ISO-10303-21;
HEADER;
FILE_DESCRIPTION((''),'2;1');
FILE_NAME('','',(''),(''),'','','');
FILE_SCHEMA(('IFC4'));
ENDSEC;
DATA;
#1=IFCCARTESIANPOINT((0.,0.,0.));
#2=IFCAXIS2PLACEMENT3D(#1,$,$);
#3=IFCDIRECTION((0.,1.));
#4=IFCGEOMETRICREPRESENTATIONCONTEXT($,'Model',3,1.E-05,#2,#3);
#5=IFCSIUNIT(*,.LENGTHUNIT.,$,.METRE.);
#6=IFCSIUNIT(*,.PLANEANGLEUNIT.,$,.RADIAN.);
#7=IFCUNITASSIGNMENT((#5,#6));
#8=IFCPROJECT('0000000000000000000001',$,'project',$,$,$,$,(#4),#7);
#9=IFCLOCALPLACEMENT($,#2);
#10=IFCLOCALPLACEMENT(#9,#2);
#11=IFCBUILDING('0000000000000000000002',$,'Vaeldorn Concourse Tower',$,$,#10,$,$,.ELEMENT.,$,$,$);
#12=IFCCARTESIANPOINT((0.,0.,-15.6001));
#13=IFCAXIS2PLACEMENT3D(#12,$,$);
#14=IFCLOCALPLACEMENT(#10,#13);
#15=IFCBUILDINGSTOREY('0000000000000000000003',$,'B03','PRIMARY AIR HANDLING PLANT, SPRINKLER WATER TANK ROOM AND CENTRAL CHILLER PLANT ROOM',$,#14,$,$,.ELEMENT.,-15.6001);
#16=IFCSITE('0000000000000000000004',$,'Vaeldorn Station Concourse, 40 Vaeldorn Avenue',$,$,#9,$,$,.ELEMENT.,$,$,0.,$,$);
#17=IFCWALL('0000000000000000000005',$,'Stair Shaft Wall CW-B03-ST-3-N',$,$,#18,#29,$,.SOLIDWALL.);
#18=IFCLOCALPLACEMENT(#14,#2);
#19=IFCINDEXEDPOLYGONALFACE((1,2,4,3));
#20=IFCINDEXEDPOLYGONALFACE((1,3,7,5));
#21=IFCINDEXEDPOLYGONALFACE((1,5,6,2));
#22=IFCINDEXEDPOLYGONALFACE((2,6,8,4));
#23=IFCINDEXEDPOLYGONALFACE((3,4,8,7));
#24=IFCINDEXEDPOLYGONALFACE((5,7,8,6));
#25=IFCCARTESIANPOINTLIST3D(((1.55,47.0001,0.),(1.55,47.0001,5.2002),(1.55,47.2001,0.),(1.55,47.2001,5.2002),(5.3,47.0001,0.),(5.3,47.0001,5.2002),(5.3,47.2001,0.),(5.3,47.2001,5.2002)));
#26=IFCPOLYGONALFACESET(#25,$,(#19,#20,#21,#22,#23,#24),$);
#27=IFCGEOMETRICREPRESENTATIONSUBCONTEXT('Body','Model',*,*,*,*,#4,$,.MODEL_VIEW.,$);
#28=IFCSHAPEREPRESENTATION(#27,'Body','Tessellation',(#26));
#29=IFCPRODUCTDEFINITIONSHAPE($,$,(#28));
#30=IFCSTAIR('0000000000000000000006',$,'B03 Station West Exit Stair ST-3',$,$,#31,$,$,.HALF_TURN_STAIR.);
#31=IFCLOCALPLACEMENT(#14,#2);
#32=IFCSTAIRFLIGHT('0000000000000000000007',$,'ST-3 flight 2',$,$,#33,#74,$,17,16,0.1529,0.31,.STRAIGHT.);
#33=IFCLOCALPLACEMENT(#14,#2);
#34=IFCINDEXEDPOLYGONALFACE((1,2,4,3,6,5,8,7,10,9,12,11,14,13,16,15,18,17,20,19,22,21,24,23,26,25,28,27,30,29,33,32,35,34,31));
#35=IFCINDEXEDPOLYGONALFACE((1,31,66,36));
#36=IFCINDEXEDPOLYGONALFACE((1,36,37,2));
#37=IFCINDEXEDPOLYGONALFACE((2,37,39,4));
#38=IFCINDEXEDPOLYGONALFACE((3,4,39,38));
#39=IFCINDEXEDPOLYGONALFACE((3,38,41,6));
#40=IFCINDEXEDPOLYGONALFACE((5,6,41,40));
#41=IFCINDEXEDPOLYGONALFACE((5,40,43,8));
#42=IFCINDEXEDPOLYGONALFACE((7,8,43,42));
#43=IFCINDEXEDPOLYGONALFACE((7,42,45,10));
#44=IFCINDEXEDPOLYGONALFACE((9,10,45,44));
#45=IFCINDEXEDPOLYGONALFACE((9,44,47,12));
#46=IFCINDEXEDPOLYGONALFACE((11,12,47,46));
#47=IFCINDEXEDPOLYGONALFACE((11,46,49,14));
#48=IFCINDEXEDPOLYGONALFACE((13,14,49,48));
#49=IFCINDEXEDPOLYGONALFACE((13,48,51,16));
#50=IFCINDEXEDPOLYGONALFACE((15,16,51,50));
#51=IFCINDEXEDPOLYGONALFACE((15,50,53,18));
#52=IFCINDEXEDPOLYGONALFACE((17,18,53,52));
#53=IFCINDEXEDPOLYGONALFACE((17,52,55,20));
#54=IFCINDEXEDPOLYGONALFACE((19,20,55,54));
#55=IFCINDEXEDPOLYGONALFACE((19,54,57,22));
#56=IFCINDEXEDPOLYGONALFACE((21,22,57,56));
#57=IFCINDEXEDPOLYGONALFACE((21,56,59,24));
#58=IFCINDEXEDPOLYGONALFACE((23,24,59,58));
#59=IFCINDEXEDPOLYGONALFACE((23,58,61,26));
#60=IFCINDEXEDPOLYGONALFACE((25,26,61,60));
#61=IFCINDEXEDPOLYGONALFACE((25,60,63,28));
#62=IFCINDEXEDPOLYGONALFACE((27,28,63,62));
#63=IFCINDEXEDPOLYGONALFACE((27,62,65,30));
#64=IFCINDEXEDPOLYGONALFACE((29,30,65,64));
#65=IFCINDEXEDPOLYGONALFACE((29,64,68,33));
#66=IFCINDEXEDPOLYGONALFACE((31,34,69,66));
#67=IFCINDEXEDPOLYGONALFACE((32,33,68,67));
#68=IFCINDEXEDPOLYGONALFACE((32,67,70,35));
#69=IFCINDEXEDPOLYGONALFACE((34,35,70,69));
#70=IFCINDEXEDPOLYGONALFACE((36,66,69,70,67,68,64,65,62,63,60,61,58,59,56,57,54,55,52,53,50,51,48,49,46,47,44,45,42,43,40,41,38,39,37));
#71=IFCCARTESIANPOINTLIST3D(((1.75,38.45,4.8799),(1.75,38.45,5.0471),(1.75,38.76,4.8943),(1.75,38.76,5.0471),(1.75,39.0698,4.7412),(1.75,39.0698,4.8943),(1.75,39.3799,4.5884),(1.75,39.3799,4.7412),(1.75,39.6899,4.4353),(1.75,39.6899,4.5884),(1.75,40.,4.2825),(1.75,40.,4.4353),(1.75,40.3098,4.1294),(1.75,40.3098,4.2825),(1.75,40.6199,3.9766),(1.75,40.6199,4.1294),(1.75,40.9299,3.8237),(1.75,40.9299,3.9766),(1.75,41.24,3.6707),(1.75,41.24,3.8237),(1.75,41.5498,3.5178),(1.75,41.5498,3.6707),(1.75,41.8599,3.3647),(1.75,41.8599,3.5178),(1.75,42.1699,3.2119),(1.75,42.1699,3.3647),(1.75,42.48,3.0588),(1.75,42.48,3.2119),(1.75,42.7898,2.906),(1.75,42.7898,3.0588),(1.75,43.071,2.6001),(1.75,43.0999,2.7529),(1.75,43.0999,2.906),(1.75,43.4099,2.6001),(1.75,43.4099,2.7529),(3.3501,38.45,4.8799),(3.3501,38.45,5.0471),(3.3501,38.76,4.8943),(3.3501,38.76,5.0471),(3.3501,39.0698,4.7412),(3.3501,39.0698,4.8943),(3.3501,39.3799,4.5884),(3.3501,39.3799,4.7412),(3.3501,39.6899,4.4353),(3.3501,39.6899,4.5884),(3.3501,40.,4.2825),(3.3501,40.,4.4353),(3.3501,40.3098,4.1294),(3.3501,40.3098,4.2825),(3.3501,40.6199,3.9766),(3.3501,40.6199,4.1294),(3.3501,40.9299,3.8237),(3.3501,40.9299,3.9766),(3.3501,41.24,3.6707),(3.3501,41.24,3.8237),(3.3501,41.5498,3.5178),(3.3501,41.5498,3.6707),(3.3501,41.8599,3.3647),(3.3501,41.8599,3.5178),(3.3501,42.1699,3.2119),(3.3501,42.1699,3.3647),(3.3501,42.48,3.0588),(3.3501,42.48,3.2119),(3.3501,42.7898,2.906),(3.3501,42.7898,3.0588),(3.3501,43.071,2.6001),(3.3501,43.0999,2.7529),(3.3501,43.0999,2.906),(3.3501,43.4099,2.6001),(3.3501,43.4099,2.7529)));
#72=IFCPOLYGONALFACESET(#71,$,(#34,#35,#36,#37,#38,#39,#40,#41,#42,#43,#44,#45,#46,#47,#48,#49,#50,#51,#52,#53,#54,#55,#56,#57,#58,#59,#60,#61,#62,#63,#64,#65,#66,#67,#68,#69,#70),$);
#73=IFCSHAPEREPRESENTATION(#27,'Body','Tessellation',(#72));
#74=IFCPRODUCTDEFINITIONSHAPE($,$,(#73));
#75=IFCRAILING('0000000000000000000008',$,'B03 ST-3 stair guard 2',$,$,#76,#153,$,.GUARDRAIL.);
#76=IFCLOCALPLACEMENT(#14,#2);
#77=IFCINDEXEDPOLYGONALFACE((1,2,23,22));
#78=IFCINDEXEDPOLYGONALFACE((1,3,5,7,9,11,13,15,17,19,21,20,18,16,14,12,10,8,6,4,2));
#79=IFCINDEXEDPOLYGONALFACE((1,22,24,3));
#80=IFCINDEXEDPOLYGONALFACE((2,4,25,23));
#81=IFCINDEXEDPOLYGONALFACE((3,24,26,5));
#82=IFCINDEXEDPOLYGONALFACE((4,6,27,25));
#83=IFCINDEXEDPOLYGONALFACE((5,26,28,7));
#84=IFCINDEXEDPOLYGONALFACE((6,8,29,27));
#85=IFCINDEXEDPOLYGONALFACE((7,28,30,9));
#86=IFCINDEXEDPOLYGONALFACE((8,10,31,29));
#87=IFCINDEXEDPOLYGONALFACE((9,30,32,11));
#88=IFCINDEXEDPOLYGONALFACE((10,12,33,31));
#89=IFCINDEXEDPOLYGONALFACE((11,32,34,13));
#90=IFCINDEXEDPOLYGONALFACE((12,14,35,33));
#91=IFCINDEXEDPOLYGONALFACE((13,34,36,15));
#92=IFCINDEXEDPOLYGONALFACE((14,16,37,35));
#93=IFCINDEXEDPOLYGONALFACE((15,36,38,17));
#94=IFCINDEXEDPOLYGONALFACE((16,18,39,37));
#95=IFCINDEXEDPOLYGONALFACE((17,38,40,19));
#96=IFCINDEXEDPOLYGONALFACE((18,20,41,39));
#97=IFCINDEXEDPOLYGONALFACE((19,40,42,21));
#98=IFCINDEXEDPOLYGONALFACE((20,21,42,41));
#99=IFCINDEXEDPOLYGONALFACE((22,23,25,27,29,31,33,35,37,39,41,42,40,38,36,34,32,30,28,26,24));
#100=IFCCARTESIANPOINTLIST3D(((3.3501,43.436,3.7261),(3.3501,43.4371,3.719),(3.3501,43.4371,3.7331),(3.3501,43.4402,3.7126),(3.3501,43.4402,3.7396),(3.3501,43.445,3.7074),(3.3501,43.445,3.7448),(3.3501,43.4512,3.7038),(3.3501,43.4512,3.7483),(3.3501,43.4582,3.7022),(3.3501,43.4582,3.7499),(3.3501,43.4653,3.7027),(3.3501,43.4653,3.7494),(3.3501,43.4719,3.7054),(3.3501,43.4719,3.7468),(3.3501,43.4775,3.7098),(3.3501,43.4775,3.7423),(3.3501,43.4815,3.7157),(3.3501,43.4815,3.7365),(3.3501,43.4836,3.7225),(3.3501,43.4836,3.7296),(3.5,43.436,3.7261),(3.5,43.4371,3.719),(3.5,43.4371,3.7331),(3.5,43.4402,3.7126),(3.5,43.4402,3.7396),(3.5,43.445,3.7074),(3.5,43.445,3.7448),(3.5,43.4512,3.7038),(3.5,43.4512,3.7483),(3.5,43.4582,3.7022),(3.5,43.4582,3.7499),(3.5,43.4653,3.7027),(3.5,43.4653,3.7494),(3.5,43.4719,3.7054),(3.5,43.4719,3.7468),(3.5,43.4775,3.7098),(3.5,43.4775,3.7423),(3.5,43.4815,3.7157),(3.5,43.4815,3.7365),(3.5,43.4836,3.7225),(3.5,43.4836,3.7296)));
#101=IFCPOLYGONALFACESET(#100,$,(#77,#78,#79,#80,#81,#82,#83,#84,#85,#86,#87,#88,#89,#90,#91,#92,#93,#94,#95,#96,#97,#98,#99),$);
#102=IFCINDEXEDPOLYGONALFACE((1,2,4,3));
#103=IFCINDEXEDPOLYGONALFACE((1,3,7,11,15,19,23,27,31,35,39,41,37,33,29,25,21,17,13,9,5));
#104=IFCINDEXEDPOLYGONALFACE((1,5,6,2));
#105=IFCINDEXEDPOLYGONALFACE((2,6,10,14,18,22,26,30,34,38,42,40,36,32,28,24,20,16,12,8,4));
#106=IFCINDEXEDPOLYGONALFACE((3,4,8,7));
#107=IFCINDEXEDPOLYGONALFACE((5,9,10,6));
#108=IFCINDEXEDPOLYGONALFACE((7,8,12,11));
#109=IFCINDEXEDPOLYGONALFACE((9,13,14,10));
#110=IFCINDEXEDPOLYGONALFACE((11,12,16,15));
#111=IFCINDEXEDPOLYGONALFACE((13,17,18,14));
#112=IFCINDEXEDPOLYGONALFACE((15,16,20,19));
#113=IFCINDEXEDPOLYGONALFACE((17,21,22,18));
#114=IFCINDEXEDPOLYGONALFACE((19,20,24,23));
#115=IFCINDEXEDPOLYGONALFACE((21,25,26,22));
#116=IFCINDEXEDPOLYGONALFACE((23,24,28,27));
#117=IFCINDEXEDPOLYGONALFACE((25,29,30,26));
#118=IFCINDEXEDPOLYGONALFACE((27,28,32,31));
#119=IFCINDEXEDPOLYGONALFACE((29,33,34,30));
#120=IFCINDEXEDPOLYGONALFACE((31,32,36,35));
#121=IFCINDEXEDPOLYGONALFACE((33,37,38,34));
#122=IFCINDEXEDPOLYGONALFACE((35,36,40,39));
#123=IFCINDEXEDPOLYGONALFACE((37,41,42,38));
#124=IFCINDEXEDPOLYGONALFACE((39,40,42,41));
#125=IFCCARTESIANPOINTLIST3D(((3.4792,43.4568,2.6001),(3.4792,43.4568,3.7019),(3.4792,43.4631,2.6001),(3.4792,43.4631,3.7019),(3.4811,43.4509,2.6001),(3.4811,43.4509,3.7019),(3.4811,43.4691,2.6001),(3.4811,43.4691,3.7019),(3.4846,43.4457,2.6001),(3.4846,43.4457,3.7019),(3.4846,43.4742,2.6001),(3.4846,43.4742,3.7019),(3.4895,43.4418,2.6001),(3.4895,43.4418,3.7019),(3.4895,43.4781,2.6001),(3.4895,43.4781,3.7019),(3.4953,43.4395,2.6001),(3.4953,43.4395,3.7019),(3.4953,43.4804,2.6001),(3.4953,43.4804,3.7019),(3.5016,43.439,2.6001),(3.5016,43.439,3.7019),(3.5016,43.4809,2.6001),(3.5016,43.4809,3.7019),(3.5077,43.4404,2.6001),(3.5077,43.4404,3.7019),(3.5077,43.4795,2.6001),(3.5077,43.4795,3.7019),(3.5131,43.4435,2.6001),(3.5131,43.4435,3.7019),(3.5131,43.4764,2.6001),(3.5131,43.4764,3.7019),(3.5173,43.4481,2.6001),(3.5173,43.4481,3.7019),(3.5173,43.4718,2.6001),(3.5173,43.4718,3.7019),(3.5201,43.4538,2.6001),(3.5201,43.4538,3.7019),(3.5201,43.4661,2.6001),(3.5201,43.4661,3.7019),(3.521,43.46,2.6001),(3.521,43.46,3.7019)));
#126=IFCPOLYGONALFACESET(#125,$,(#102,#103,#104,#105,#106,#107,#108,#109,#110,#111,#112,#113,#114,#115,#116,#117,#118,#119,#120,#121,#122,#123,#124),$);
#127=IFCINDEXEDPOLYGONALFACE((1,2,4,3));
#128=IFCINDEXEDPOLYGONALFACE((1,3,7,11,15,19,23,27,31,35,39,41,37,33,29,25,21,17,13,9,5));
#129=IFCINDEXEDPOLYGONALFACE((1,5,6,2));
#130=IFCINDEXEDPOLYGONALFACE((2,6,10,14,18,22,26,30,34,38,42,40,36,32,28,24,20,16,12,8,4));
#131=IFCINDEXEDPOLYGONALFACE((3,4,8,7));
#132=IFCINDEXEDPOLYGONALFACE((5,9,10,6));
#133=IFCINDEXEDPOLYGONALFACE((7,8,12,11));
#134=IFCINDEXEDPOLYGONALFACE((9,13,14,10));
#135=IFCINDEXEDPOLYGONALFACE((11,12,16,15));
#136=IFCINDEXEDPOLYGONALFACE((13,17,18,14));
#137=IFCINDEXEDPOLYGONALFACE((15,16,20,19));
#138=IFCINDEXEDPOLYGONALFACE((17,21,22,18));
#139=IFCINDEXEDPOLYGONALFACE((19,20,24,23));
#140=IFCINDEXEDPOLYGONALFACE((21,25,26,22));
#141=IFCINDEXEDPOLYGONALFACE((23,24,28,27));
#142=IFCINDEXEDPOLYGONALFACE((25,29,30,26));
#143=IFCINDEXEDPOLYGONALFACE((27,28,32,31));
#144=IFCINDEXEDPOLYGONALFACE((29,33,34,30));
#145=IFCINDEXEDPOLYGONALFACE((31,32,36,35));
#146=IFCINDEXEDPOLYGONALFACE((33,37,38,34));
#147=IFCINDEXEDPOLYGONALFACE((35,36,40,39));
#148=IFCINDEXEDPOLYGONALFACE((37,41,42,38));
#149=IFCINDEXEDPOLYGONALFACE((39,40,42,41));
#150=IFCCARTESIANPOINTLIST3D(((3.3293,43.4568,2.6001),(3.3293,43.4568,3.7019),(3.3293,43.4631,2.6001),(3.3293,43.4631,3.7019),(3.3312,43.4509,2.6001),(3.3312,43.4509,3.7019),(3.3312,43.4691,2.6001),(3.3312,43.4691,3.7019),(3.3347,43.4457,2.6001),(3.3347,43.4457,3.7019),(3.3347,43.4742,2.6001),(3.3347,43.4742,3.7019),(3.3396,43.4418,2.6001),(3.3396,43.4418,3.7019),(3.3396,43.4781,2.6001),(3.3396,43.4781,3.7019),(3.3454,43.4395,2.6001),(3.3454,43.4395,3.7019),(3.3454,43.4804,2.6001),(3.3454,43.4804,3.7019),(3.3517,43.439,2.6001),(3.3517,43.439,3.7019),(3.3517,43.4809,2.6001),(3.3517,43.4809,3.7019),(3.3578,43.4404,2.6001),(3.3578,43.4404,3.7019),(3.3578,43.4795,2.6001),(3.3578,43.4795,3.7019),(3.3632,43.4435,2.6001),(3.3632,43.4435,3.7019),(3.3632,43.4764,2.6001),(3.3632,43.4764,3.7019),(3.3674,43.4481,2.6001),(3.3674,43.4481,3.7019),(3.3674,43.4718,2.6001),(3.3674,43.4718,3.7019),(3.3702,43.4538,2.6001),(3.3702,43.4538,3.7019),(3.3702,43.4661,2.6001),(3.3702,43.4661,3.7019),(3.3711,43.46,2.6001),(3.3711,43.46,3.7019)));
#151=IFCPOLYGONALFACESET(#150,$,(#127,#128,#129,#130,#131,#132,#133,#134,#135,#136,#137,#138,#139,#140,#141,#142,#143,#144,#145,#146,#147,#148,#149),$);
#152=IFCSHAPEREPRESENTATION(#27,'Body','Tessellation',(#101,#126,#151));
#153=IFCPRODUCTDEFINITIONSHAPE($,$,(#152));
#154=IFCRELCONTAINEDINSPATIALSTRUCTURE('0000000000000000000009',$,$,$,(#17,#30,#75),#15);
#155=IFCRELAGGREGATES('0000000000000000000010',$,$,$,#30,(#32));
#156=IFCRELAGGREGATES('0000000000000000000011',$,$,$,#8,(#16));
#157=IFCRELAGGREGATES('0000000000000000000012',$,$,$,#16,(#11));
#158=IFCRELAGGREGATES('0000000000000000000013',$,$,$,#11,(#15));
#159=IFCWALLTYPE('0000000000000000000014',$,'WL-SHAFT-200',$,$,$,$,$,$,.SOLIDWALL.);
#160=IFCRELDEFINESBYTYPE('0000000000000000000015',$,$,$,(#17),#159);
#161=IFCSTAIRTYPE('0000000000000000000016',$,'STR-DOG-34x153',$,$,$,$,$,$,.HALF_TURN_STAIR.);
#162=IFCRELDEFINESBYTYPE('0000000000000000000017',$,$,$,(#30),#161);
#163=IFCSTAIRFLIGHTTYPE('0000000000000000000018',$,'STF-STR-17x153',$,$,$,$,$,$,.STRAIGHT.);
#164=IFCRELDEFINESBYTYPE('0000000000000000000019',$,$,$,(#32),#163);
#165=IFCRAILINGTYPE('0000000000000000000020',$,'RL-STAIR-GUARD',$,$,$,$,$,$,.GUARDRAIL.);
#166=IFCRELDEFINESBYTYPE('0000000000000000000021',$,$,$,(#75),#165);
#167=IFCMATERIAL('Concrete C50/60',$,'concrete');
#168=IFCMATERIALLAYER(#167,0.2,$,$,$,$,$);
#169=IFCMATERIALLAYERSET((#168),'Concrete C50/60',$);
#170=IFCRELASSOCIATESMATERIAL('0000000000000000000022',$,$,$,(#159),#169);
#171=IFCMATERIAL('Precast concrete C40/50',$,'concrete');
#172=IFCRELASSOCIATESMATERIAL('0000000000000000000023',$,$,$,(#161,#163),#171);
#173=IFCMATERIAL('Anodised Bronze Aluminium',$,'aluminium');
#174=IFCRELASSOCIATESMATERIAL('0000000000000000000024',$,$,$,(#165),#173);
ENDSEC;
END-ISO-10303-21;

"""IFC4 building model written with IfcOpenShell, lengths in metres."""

from ifc_helpers import new_model, si_unit, direction, frame, frame_2d, origin, origin_2d, place, context, subcontext, project, spatial, polyline, rectangle, circle, outline, extrude, material, layer, layer_set, type_object, element, aggregate, save


model = new_model("IFC4")

# Units and contexts
model_context = context("Model", 3, precision=1e-05, world=origin(), true_north=direction((0.0, 1.0)))
body_context = subcontext(model_context, "Body", "Model", "MODEL_VIEW")
ifc_project = project(units=[si_unit("LENGTHUNIT", "METRE"), si_unit("PLANEANGLEUNIT", "RADIAN")], contexts=[model_context])

# Site, building, storey
site_placement = place(None, origin())
site = spatial("IfcSite", under=ifc_project, at=site_placement, Name="Vaeldorn Station Concourse, 40 Vaeldorn Avenue", CompositionType="ELEMENT", RefElevation=0.0)
building_placement = place(site_placement, origin())
building = spatial("IfcBuilding", under=site, at=building_placement, Name="Vaeldorn Concourse Tower", CompositionType="ELEMENT")
storey_placement = place(building_placement, frame((0.0, 0.0, -15.6001)))
storey = spatial("IfcBuildingStorey", under=building, at=storey_placement, Name="B03", Description="PRIMARY AIR HANDLING PLANT, SPRINKLER WATER TANK ROOM AND CENTRAL CHILLER PLANT ROOM", CompositionType="ELEMENT", Elevation=-15.6001)

# Shared definitions
ifc_material_1 = material(Name="Concrete C50/60", Category="concrete")

# Wall
ifc_layer_1 = layer(ifc_material_1, 0.2)
ifc_layer_set_1 = layer_set([ifc_layer_1], Name="Concrete C50/60")
wall_type_1 = type_object("IfcWallType", Name="WL-SHAFT-200", PredefinedType="SOLIDWALL", material=ifc_layer_set_1)
wall_1_placement = place(storey_placement, frame((1.55, 47.1001, 0.0), z_axis=(0.0, 0.0, 1.0), x_axis=(1.0, 0.0, 0.0)))
element("IfcWall", 1, at=wall_1_placement, inside=storey, type_object=wall_type_1, Name="Stair Shaft Wall CW-B03-ST-3-N", PredefinedType="SOLIDWALL", context=body_context, shape_type="SweptSolid", body=[
    extrude(rectangle(XDim=3.75, YDim=0.2, at=frame_2d((1.875, 0.0))), origin(), (0.0, 0.0, 1.0), 5.2002),
])

# Stair, stair flight
ifc_material_2 = material(Name="Precast concrete C40/50", Category="concrete")
stair_type = type_object("IfcStairType", Name="STR-DOG-34x153", PredefinedType="HALF_TURN_STAIR", material=ifc_material_2)
stair_placement = place(storey_placement, origin())
stair = element("IfcStair", 2, at=stair_placement, inside=storey, type_object=stair_type, Name="B03 Station West Exit Stair ST-3", PredefinedType="HALF_TURN_STAIR")
stair_flight_type = type_object("IfcStairFlightType", Name="STF-STR-17x153", PredefinedType="STRAIGHT", material=ifc_material_2)
stair_flight_placement = place(storey_placement, frame((2.55, 43.4099, 2.6001), z_axis=(0.0, 0.0, 1.0), x_axis=(0.0, -1.0, 0.0)))
stair_flight = element("IfcStairFlight", 3, at=stair_flight_placement, type_object=stair_flight_type, Name="ST-3 flight 2", NumberOfRisers=17, NumberOfTreads=16, PredefinedType="STRAIGHT", RiserHeight=0.1529, TreadLength=0.31, context=body_context, shape_type="SweptSolid", body=[
    extrude(outline(polyline([(0.0, 0.0), (0.0, 0.1528), (0.3101, 0.1528), (0.3101, 0.3059), (0.6201, 0.3059), (0.6201, 0.4587), (0.9299, 0.4587), (0.9299, 0.6118), (1.24, 0.6118), (1.24, 0.7646), (1.55, 0.7646), (1.55, 0.9177), (1.8601, 0.9177), (1.8601, 1.0706), (2.1699, 1.0706), (2.1699, 1.2236), (2.48, 1.2236), (2.48, 1.3765), (2.79, 1.3765), (2.79, 1.5293), (3.1001, 1.5293), (3.1001, 1.6824), (3.4099, 1.6824), (3.4099, 1.8352), (3.72, 1.8352), (3.72, 1.9883), (4.03, 1.9883), (4.03, 2.1411), (4.3401, 2.1411), (4.3401, 2.2942), (4.6499, 2.2942), (4.6499, 2.447), (4.96, 2.447), (4.96, 2.6001), (4.96, 2.2798), (0.3389, 0.0), (0.0, 0.0)])), frame((0.0, 0.8, 0.0), z_axis=(0.0, -1.0, 0.0), x_axis=(1.0, 0.0, 0.0)), (0.0, 0.0, 1.0), 1.6001),
])
aggregate(stair, [stair_flight])

# Railing
ifc_material_3 = material(Name="Anodised Bronze Aluminium", Category="aluminium")
railing_type_1 = type_object("IfcRailingType", Name="RL-STAIR-GUARD", PredefinedType="GUARDRAIL", material=ifc_material_3)
railing_1_placement = place(storey_placement, frame((3.5, 43.46, 2.6001)))
element("IfcRailing", 4, at=railing_1_placement, inside=storey, type_object=railing_type_1, Name="B03 ST-3 stair guard 2", PredefinedType="GUARDRAIL", context=body_context, shape_type="SweptSolid", body=[
    extrude(circle(Radius=0.0239, at=origin_2d()), frame((0.0, 0.0, 1.126), z_axis=(-1.0, 0.0, 0.0), x_axis=(0.0, -1.0, 0.0)), (0.0, 0.0, 1.0), 0.1499),
    extrude(circle(Radius=0.021, at=origin_2d()), origin(), (0.0, 0.0, 1.0), 1.1018),
    extrude(circle(Radius=0.021, at=origin_2d()), frame((-0.1499, 0.0, 0.0)), (0.0, 0.0, 1.0), 1.1018),
])

save(model, "model.ifc")
